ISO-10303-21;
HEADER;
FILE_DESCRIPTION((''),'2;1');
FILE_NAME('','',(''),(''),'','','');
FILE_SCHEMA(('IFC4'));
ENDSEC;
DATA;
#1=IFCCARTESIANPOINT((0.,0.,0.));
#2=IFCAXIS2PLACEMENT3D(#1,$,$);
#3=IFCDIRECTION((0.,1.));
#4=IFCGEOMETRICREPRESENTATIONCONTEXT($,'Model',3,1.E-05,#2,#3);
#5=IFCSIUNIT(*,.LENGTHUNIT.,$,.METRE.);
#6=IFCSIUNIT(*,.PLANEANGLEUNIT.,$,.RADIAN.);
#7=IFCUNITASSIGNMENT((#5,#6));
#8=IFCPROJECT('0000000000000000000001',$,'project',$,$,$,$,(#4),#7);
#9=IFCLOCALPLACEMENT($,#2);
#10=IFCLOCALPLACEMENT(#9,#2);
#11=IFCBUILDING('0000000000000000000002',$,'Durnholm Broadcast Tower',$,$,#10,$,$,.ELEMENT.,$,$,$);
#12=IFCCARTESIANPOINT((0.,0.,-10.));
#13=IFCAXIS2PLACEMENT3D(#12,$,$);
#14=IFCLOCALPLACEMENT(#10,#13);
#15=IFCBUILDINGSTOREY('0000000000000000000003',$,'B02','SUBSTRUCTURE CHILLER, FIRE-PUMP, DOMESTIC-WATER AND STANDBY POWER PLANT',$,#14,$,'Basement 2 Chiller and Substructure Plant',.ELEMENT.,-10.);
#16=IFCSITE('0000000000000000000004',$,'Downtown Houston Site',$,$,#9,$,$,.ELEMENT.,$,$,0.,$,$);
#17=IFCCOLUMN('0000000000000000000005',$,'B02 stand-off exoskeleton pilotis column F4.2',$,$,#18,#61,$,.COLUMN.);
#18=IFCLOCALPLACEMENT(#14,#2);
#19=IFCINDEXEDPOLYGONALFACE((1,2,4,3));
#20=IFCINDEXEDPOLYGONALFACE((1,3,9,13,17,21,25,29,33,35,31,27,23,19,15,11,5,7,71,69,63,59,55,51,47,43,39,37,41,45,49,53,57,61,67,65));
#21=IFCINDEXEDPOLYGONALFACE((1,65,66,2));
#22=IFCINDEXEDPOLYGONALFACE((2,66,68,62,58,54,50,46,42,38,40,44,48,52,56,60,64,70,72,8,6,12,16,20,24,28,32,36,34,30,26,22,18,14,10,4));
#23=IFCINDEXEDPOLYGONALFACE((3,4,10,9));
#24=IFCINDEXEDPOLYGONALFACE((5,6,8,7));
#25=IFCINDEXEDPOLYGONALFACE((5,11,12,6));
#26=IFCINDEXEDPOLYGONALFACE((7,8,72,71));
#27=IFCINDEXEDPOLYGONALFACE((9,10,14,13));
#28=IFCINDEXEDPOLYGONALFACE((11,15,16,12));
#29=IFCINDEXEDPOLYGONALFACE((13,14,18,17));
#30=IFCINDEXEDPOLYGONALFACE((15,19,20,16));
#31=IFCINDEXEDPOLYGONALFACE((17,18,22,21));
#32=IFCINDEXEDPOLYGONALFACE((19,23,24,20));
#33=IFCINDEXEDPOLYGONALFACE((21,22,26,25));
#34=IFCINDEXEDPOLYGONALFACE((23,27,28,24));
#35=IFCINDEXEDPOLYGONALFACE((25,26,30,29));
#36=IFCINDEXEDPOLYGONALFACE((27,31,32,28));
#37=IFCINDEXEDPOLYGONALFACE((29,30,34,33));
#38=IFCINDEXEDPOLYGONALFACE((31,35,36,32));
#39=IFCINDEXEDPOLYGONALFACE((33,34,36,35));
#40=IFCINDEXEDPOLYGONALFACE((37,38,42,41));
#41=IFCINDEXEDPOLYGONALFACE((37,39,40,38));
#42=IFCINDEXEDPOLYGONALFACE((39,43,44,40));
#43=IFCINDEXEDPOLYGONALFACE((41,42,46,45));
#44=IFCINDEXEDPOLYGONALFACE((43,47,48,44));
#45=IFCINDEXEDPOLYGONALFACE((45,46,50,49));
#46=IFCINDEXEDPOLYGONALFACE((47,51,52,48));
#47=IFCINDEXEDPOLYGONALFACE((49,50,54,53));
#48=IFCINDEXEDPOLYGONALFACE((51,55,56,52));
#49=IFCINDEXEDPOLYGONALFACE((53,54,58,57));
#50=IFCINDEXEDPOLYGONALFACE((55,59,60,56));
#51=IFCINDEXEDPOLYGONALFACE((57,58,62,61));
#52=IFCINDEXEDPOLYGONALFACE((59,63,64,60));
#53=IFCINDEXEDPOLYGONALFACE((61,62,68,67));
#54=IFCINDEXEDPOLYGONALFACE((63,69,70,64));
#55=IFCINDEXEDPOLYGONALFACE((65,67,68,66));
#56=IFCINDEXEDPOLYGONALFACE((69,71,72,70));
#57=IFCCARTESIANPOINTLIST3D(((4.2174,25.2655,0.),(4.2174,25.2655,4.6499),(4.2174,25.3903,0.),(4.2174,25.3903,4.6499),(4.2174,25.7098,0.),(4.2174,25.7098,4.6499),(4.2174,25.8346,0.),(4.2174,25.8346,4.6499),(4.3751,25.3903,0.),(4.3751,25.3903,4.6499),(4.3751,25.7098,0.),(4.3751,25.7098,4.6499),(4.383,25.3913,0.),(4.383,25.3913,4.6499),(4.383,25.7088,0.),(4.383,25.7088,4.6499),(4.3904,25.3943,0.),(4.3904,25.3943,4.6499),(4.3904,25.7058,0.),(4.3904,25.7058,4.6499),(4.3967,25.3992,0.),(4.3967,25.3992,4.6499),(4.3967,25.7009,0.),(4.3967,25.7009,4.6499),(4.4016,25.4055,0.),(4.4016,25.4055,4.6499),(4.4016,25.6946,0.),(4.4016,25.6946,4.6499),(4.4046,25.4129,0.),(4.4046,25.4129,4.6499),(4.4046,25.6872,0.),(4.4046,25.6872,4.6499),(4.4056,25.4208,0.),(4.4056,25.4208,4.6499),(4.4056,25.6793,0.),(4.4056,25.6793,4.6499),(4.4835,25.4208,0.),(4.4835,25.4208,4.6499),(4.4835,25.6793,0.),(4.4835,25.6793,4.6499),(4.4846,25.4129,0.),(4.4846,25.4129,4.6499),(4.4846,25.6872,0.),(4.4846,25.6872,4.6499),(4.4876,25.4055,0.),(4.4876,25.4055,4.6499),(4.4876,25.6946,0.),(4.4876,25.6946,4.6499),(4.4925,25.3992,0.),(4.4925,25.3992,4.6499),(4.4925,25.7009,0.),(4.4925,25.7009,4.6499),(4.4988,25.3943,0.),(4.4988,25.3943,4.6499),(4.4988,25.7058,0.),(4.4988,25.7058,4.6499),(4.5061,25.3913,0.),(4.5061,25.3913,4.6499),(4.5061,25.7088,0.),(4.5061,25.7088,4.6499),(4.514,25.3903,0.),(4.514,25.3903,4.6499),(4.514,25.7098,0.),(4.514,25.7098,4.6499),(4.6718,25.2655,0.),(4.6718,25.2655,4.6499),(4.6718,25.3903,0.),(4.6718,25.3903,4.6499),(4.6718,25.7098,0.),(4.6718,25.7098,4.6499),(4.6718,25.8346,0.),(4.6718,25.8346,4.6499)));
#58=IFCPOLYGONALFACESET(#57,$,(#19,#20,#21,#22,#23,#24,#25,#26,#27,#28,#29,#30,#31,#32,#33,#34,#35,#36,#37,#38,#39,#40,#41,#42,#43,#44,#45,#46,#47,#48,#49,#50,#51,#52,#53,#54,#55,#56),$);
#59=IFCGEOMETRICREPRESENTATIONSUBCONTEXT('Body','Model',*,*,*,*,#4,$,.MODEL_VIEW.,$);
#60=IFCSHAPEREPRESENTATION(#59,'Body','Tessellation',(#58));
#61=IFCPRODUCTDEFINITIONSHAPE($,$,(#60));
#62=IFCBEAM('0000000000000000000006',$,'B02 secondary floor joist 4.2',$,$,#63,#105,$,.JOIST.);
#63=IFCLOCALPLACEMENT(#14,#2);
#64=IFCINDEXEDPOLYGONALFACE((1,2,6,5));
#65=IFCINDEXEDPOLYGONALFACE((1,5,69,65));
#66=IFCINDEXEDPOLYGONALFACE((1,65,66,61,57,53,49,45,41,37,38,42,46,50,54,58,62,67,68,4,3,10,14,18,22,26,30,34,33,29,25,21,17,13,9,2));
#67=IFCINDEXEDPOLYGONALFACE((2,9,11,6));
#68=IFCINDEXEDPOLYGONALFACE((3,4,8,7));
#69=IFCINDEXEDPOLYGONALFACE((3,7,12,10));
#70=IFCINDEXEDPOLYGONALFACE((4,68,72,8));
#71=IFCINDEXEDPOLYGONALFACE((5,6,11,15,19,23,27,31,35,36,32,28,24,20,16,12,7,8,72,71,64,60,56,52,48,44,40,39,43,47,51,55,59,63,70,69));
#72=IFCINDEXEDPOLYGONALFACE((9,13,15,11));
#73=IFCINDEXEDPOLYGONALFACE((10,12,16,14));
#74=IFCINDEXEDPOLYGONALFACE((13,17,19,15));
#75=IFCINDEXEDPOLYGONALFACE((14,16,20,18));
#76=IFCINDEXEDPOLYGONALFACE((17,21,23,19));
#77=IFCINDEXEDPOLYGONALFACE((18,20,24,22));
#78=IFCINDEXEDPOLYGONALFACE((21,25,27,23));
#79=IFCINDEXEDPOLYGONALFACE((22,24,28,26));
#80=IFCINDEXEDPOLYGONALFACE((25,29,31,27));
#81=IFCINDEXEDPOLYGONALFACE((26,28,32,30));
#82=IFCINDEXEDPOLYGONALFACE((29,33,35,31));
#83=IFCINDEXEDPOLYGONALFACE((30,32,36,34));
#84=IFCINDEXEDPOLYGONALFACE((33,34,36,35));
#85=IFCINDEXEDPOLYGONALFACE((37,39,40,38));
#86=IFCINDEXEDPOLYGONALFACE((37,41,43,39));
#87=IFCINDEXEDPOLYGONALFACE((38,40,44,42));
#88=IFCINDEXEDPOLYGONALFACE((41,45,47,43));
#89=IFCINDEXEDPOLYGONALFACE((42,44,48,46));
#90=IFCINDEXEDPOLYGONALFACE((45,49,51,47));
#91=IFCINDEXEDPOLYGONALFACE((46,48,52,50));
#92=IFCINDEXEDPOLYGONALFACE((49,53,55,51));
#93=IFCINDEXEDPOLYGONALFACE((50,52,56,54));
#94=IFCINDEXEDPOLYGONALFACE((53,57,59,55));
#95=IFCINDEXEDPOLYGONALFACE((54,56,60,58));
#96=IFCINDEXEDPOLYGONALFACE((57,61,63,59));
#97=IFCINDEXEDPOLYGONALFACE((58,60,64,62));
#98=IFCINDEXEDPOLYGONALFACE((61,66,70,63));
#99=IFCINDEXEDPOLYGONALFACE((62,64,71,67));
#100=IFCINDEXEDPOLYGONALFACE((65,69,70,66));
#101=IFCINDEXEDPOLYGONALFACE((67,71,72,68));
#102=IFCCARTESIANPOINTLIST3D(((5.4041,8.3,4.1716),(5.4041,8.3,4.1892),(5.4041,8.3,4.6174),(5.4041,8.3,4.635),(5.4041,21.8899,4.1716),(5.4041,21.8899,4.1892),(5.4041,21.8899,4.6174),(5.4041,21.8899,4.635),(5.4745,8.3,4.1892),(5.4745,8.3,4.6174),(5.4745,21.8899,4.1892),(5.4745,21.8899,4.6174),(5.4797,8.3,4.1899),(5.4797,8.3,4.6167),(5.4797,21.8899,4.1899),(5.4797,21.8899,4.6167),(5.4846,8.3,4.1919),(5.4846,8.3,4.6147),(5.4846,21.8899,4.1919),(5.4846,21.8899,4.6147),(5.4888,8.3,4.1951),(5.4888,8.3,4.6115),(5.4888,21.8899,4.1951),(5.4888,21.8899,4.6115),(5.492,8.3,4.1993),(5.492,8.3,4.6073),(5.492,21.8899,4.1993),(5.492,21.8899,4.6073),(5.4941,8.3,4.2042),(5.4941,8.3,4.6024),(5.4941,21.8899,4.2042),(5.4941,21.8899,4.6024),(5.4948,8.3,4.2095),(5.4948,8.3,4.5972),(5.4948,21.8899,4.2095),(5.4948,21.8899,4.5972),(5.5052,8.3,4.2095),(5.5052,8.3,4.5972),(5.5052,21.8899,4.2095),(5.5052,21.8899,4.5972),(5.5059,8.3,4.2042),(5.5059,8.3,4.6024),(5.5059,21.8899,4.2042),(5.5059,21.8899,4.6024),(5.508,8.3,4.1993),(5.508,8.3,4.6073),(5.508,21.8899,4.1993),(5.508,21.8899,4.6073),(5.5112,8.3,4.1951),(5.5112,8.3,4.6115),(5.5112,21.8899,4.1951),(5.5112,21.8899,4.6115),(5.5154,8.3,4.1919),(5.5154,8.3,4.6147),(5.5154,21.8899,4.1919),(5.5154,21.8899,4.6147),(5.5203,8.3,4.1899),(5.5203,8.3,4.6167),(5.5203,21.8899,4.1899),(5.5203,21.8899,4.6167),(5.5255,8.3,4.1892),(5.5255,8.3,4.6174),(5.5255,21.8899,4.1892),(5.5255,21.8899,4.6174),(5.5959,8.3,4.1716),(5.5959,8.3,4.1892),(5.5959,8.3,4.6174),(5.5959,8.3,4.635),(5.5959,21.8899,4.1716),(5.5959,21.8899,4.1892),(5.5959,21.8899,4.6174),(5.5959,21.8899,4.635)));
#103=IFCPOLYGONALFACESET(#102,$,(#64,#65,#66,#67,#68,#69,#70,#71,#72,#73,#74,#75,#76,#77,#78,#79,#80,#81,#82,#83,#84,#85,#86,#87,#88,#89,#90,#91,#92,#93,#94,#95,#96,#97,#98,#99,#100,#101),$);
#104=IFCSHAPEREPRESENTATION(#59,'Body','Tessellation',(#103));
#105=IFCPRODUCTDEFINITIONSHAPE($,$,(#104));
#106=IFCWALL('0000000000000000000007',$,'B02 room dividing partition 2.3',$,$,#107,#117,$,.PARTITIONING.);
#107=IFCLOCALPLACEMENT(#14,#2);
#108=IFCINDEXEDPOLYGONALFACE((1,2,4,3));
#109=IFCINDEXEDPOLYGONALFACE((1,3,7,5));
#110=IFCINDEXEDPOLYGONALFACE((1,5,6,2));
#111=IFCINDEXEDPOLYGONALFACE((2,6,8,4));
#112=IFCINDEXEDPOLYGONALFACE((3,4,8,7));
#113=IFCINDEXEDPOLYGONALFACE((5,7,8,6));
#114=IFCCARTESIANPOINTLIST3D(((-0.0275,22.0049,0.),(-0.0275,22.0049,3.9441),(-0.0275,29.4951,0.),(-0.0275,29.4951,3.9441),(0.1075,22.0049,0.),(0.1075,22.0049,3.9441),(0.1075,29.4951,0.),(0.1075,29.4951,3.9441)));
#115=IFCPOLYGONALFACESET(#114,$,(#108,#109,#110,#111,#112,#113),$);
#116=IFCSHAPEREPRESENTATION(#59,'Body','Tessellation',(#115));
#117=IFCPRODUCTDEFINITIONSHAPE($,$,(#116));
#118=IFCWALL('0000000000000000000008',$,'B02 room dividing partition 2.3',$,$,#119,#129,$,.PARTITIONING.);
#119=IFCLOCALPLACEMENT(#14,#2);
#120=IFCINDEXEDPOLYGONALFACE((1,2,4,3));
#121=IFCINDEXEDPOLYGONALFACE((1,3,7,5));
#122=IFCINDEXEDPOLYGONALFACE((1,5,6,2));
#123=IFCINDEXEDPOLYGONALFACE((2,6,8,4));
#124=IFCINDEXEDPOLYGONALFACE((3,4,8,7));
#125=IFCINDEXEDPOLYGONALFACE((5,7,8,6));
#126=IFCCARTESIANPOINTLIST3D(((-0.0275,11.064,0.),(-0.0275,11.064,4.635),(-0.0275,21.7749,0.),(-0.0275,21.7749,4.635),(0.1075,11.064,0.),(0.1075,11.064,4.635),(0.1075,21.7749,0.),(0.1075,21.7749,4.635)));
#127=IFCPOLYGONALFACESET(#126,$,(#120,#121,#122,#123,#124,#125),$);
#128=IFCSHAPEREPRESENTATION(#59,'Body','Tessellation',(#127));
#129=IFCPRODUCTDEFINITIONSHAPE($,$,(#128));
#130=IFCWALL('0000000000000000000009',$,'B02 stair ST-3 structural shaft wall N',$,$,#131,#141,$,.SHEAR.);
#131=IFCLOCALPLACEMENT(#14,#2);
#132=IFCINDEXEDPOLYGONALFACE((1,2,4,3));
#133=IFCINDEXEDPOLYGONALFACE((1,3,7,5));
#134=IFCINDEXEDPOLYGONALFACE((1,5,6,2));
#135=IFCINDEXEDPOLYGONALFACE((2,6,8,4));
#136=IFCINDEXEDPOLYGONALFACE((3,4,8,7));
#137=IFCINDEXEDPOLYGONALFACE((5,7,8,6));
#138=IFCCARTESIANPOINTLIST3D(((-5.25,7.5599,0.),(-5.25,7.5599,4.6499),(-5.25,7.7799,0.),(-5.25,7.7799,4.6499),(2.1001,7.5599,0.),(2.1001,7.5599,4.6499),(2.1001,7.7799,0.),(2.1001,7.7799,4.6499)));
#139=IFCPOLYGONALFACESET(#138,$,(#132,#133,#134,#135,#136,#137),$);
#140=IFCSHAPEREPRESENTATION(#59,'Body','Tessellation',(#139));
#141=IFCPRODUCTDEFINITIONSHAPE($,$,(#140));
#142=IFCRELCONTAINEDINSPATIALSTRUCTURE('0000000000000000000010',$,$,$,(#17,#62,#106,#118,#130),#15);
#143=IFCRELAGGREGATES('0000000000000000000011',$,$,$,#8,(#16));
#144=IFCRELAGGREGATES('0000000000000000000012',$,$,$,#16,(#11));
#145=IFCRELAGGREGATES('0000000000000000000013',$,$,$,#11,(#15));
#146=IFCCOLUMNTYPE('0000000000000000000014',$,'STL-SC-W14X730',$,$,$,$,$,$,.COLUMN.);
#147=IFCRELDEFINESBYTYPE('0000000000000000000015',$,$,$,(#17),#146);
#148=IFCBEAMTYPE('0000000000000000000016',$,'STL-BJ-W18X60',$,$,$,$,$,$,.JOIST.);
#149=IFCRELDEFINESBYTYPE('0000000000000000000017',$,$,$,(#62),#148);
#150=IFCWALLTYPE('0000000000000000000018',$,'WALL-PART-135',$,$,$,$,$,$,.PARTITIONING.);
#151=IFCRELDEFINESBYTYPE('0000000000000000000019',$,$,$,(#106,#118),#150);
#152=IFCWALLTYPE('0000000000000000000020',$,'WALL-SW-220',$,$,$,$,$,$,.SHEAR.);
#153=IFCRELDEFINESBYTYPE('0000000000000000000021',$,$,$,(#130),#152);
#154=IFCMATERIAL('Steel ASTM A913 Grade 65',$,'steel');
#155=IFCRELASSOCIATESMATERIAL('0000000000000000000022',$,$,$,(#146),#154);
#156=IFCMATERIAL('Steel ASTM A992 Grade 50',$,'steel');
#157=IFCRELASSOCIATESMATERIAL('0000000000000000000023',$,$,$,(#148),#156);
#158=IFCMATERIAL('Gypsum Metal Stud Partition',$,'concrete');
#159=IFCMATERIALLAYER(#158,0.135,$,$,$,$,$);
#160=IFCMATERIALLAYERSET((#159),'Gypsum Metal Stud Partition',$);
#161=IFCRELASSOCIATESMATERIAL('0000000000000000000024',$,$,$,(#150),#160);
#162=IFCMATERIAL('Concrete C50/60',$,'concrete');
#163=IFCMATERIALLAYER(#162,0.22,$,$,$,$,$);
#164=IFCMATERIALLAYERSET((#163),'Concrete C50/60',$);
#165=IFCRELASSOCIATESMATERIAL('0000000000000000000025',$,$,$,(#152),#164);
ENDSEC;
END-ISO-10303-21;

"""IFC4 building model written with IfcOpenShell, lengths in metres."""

from ifc_helpers import new_model, si_unit, direction, frame, frame_2d, origin, origin_2d, place, context, subcontext, project, spatial, rectangle, i_section, extrude, source, transform, mapped, material, layer, layer_set, material_profile, profile_set, type_object, type_shapes, element, save


model = new_model("IFC4")

# Units and contexts
model_context = context("Model", 3, precision=1e-05, world=origin(), true_north=direction((0.0, 1.0)))
body_context = subcontext(model_context, "Body", "Model", "MODEL_VIEW")
ifc_project = project(units=[si_unit("LENGTHUNIT", "METRE"), si_unit("PLANEANGLEUNIT", "RADIAN")], contexts=[model_context])

# Site, building, storey
site_placement = place(None, origin())
site = spatial("IfcSite", under=ifc_project, at=site_placement, Name="Downtown Houston Site", CompositionType="ELEMENT", RefElevation=0.0)
building_placement = place(site_placement, origin())
building = spatial("IfcBuilding", under=site, at=building_placement, Name="Durnholm Broadcast Tower", CompositionType="ELEMENT")
storey_placement = place(building_placement, frame((0.0, 0.0, -10.0)))
storey = spatial("IfcBuildingStorey", under=building, at=storey_placement, Name="B02", Description="SUBSTRUCTURE CHILLER, FIRE-PUMP, DOMESTIC-WATER AND STANDBY POWER PLANT", LongName="Basement 2 Chiller and Substructure Plant", CompositionType="ELEMENT", Elevation=-10.0)

# Shared definitions
ifc_material_1 = material(Name="Concrete C50/60", Category="concrete")

# Column
ifc_material_2 = material(Name="Steel ASTM A913 Grade 65", Category="steel")
ifc_material_profile_1 = material_profile(ifc_material_2, i_section(OverallWidth=0.4543, OverallDepth=0.5691, WebThickness=0.0779, FlangeThickness=0.1248, FilletRadius=0.0305, at=origin_2d()), Name="W14X730")
ifc_profile_set_1 = profile_set([ifc_material_profile_1], Name="Steel ASTM A913 Grade 65")
column_type = type_object("IfcColumnType", Name="STL-SC-W14X730", PredefinedType="COLUMN", material=ifc_profile_set_1)
shared_shape_1 = source(origin(), body_context, "Body", "SweptSolid", [
    extrude(i_section(OverallWidth=0.4543, OverallDepth=0.5691, WebThickness=0.0779, FlangeThickness=0.1248, FilletRadius=0.0305, at=origin_2d()), origin(), (0.0, 0.0, 1.0), 4.6499),
])
type_shapes(column_type, [shared_shape_1])
for number, where, z_axis, x_axis, name in (
    (1, (4.4446, 25.55, 0.0), (0.0, 0.0, 1.0), (1.0, 0.0, 0.0), "B02 stand-off exoskeleton pilotis column F4.2"),
):
    element("IfcColumn", number, at=place(storey_placement, frame(where, z_axis=z_axis, x_axis=x_axis)), inside=storey, type_object=column_type, Name=name, PredefinedType="COLUMN", context=body_context, shape_type="MappedRepresentation", body=[
        mapped(shared_shape_1, transform((0.0, 0.0, 0.0), x_axis=(1.0, 0.0, 0.0), y_axis=(0.0, 1.0, 0.0), z_axis=(0.0, 0.0, 1.0), scale=1.0)),
    ])

# Beam
ifc_material_3 = material(Name="Steel ASTM A992 Grade 50", Category="steel")
ifc_material_profile_2 = material_profile(ifc_material_3, i_section(OverallWidth=0.1919, OverallDepth=0.4634, WebThickness=0.0105, FlangeThickness=0.0176, FilletRadius=0.0203, at=origin_2d()), Name="W18X60")
ifc_profile_set_2 = profile_set([ifc_material_profile_2], Name="Steel ASTM A992 Grade 50")
beam_type = type_object("IfcBeamType", Name="STL-BJ-W18X60", PredefinedType="JOIST", material=ifc_profile_set_2)
shared_shape_2 = source(origin(), body_context, "Body", "SweptSolid", [
    extrude(i_section(OverallWidth=0.1919, OverallDepth=0.4634, WebThickness=0.0105, FlangeThickness=0.0176, FilletRadius=0.0203, at=origin_2d()), origin(), (0.0, 0.0, 1.0), 13.5898),
])
type_shapes(beam_type, [shared_shape_2])
beam_placement = place(storey_placement, frame((5.5, 8.3, 4.4033), z_axis=(0.0, 1.0, 0.0), x_axis=(-1.0, 0.0, 0.0)))
element("IfcBeam", 2, at=beam_placement, inside=storey, type_object=beam_type, Name="B02 secondary floor joist 4.2", PredefinedType="JOIST", context=body_context, shape_type="MappedRepresentation", body=[
    mapped(shared_shape_2, transform((0.0, 0.0, 0.0), x_axis=(1.0, 0.0, 0.0), y_axis=(0.0, 1.0, 0.0), z_axis=(0.0, 0.0, 1.0), scale=1.0)),
])

# Walls
ifc_material_4 = material(Name="Gypsum Metal Stud Partition", Category="concrete")
ifc_layer_1 = layer(ifc_material_4, 0.135)
ifc_layer_set_1 = layer_set([ifc_layer_1], Name="Gypsum Metal Stud Partition")
wall_type_1 = type_object("IfcWallType", Name="WALL-PART-135", PredefinedType="PARTITIONING", material=ifc_layer_set_1)
wall_1_placement = place(storey_placement, frame((0.04, 29.4951, 0.0), z_axis=(0.0, 0.0, 1.0), x_axis=(0.0, -1.0, 0.0)))
element("IfcWall", 3, at=wall_1_placement, inside=storey, type_object=wall_type_1, Name="B02 room dividing partition 2.3", PredefinedType="PARTITIONING", context=body_context, shape_type="SweptSolid", body=[
    extrude(rectangle(XDim=7.4902, YDim=0.135, at=frame_2d((3.7451, 0.0))), origin(), (0.0, 0.0, 1.0), 3.9441),
])
wall_2_placement = place(storey_placement, frame((0.04, 21.7749, 0.0), z_axis=(0.0, 0.0, 1.0), x_axis=(0.0, -1.0, 0.0)))
element("IfcWall", 4, at=wall_2_placement, inside=storey, type_object=wall_type_1, Name="B02 room dividing partition 2.3", PredefinedType="PARTITIONING", context=body_context, shape_type="SweptSolid", body=[
    extrude(rectangle(XDim=10.7109, YDim=0.135, at=frame_2d((5.3555, 0.0))), origin(), (0.0, 0.0, 1.0), 4.635),
])
ifc_layer_2 = layer(ifc_material_1, 0.22)
ifc_layer_set_2 = layer_set([ifc_layer_2], Name="Concrete C50/60")
wall_type_2 = type_object("IfcWallType", Name="WALL-SW-220", PredefinedType="SHEAR", material=ifc_layer_set_2)
wall_3_placement = place(storey_placement, frame((2.1001, 7.6699, 0.0), z_axis=(0.0, 0.0, 1.0), x_axis=(-1.0, 0.0, 0.0)))
element("IfcWall", 5, at=wall_3_placement, inside=storey, type_object=wall_type_2, Name="B02 stair ST-3 structural shaft wall N", PredefinedType="SHEAR", context=body_context, shape_type="SweptSolid", body=[
    extrude(rectangle(XDim=7.3501, YDim=0.22, at=frame_2d((3.675, 0.0))), origin(), (0.0, 0.0, 1.0), 4.6499),
])

save(model, "model.ifc")
